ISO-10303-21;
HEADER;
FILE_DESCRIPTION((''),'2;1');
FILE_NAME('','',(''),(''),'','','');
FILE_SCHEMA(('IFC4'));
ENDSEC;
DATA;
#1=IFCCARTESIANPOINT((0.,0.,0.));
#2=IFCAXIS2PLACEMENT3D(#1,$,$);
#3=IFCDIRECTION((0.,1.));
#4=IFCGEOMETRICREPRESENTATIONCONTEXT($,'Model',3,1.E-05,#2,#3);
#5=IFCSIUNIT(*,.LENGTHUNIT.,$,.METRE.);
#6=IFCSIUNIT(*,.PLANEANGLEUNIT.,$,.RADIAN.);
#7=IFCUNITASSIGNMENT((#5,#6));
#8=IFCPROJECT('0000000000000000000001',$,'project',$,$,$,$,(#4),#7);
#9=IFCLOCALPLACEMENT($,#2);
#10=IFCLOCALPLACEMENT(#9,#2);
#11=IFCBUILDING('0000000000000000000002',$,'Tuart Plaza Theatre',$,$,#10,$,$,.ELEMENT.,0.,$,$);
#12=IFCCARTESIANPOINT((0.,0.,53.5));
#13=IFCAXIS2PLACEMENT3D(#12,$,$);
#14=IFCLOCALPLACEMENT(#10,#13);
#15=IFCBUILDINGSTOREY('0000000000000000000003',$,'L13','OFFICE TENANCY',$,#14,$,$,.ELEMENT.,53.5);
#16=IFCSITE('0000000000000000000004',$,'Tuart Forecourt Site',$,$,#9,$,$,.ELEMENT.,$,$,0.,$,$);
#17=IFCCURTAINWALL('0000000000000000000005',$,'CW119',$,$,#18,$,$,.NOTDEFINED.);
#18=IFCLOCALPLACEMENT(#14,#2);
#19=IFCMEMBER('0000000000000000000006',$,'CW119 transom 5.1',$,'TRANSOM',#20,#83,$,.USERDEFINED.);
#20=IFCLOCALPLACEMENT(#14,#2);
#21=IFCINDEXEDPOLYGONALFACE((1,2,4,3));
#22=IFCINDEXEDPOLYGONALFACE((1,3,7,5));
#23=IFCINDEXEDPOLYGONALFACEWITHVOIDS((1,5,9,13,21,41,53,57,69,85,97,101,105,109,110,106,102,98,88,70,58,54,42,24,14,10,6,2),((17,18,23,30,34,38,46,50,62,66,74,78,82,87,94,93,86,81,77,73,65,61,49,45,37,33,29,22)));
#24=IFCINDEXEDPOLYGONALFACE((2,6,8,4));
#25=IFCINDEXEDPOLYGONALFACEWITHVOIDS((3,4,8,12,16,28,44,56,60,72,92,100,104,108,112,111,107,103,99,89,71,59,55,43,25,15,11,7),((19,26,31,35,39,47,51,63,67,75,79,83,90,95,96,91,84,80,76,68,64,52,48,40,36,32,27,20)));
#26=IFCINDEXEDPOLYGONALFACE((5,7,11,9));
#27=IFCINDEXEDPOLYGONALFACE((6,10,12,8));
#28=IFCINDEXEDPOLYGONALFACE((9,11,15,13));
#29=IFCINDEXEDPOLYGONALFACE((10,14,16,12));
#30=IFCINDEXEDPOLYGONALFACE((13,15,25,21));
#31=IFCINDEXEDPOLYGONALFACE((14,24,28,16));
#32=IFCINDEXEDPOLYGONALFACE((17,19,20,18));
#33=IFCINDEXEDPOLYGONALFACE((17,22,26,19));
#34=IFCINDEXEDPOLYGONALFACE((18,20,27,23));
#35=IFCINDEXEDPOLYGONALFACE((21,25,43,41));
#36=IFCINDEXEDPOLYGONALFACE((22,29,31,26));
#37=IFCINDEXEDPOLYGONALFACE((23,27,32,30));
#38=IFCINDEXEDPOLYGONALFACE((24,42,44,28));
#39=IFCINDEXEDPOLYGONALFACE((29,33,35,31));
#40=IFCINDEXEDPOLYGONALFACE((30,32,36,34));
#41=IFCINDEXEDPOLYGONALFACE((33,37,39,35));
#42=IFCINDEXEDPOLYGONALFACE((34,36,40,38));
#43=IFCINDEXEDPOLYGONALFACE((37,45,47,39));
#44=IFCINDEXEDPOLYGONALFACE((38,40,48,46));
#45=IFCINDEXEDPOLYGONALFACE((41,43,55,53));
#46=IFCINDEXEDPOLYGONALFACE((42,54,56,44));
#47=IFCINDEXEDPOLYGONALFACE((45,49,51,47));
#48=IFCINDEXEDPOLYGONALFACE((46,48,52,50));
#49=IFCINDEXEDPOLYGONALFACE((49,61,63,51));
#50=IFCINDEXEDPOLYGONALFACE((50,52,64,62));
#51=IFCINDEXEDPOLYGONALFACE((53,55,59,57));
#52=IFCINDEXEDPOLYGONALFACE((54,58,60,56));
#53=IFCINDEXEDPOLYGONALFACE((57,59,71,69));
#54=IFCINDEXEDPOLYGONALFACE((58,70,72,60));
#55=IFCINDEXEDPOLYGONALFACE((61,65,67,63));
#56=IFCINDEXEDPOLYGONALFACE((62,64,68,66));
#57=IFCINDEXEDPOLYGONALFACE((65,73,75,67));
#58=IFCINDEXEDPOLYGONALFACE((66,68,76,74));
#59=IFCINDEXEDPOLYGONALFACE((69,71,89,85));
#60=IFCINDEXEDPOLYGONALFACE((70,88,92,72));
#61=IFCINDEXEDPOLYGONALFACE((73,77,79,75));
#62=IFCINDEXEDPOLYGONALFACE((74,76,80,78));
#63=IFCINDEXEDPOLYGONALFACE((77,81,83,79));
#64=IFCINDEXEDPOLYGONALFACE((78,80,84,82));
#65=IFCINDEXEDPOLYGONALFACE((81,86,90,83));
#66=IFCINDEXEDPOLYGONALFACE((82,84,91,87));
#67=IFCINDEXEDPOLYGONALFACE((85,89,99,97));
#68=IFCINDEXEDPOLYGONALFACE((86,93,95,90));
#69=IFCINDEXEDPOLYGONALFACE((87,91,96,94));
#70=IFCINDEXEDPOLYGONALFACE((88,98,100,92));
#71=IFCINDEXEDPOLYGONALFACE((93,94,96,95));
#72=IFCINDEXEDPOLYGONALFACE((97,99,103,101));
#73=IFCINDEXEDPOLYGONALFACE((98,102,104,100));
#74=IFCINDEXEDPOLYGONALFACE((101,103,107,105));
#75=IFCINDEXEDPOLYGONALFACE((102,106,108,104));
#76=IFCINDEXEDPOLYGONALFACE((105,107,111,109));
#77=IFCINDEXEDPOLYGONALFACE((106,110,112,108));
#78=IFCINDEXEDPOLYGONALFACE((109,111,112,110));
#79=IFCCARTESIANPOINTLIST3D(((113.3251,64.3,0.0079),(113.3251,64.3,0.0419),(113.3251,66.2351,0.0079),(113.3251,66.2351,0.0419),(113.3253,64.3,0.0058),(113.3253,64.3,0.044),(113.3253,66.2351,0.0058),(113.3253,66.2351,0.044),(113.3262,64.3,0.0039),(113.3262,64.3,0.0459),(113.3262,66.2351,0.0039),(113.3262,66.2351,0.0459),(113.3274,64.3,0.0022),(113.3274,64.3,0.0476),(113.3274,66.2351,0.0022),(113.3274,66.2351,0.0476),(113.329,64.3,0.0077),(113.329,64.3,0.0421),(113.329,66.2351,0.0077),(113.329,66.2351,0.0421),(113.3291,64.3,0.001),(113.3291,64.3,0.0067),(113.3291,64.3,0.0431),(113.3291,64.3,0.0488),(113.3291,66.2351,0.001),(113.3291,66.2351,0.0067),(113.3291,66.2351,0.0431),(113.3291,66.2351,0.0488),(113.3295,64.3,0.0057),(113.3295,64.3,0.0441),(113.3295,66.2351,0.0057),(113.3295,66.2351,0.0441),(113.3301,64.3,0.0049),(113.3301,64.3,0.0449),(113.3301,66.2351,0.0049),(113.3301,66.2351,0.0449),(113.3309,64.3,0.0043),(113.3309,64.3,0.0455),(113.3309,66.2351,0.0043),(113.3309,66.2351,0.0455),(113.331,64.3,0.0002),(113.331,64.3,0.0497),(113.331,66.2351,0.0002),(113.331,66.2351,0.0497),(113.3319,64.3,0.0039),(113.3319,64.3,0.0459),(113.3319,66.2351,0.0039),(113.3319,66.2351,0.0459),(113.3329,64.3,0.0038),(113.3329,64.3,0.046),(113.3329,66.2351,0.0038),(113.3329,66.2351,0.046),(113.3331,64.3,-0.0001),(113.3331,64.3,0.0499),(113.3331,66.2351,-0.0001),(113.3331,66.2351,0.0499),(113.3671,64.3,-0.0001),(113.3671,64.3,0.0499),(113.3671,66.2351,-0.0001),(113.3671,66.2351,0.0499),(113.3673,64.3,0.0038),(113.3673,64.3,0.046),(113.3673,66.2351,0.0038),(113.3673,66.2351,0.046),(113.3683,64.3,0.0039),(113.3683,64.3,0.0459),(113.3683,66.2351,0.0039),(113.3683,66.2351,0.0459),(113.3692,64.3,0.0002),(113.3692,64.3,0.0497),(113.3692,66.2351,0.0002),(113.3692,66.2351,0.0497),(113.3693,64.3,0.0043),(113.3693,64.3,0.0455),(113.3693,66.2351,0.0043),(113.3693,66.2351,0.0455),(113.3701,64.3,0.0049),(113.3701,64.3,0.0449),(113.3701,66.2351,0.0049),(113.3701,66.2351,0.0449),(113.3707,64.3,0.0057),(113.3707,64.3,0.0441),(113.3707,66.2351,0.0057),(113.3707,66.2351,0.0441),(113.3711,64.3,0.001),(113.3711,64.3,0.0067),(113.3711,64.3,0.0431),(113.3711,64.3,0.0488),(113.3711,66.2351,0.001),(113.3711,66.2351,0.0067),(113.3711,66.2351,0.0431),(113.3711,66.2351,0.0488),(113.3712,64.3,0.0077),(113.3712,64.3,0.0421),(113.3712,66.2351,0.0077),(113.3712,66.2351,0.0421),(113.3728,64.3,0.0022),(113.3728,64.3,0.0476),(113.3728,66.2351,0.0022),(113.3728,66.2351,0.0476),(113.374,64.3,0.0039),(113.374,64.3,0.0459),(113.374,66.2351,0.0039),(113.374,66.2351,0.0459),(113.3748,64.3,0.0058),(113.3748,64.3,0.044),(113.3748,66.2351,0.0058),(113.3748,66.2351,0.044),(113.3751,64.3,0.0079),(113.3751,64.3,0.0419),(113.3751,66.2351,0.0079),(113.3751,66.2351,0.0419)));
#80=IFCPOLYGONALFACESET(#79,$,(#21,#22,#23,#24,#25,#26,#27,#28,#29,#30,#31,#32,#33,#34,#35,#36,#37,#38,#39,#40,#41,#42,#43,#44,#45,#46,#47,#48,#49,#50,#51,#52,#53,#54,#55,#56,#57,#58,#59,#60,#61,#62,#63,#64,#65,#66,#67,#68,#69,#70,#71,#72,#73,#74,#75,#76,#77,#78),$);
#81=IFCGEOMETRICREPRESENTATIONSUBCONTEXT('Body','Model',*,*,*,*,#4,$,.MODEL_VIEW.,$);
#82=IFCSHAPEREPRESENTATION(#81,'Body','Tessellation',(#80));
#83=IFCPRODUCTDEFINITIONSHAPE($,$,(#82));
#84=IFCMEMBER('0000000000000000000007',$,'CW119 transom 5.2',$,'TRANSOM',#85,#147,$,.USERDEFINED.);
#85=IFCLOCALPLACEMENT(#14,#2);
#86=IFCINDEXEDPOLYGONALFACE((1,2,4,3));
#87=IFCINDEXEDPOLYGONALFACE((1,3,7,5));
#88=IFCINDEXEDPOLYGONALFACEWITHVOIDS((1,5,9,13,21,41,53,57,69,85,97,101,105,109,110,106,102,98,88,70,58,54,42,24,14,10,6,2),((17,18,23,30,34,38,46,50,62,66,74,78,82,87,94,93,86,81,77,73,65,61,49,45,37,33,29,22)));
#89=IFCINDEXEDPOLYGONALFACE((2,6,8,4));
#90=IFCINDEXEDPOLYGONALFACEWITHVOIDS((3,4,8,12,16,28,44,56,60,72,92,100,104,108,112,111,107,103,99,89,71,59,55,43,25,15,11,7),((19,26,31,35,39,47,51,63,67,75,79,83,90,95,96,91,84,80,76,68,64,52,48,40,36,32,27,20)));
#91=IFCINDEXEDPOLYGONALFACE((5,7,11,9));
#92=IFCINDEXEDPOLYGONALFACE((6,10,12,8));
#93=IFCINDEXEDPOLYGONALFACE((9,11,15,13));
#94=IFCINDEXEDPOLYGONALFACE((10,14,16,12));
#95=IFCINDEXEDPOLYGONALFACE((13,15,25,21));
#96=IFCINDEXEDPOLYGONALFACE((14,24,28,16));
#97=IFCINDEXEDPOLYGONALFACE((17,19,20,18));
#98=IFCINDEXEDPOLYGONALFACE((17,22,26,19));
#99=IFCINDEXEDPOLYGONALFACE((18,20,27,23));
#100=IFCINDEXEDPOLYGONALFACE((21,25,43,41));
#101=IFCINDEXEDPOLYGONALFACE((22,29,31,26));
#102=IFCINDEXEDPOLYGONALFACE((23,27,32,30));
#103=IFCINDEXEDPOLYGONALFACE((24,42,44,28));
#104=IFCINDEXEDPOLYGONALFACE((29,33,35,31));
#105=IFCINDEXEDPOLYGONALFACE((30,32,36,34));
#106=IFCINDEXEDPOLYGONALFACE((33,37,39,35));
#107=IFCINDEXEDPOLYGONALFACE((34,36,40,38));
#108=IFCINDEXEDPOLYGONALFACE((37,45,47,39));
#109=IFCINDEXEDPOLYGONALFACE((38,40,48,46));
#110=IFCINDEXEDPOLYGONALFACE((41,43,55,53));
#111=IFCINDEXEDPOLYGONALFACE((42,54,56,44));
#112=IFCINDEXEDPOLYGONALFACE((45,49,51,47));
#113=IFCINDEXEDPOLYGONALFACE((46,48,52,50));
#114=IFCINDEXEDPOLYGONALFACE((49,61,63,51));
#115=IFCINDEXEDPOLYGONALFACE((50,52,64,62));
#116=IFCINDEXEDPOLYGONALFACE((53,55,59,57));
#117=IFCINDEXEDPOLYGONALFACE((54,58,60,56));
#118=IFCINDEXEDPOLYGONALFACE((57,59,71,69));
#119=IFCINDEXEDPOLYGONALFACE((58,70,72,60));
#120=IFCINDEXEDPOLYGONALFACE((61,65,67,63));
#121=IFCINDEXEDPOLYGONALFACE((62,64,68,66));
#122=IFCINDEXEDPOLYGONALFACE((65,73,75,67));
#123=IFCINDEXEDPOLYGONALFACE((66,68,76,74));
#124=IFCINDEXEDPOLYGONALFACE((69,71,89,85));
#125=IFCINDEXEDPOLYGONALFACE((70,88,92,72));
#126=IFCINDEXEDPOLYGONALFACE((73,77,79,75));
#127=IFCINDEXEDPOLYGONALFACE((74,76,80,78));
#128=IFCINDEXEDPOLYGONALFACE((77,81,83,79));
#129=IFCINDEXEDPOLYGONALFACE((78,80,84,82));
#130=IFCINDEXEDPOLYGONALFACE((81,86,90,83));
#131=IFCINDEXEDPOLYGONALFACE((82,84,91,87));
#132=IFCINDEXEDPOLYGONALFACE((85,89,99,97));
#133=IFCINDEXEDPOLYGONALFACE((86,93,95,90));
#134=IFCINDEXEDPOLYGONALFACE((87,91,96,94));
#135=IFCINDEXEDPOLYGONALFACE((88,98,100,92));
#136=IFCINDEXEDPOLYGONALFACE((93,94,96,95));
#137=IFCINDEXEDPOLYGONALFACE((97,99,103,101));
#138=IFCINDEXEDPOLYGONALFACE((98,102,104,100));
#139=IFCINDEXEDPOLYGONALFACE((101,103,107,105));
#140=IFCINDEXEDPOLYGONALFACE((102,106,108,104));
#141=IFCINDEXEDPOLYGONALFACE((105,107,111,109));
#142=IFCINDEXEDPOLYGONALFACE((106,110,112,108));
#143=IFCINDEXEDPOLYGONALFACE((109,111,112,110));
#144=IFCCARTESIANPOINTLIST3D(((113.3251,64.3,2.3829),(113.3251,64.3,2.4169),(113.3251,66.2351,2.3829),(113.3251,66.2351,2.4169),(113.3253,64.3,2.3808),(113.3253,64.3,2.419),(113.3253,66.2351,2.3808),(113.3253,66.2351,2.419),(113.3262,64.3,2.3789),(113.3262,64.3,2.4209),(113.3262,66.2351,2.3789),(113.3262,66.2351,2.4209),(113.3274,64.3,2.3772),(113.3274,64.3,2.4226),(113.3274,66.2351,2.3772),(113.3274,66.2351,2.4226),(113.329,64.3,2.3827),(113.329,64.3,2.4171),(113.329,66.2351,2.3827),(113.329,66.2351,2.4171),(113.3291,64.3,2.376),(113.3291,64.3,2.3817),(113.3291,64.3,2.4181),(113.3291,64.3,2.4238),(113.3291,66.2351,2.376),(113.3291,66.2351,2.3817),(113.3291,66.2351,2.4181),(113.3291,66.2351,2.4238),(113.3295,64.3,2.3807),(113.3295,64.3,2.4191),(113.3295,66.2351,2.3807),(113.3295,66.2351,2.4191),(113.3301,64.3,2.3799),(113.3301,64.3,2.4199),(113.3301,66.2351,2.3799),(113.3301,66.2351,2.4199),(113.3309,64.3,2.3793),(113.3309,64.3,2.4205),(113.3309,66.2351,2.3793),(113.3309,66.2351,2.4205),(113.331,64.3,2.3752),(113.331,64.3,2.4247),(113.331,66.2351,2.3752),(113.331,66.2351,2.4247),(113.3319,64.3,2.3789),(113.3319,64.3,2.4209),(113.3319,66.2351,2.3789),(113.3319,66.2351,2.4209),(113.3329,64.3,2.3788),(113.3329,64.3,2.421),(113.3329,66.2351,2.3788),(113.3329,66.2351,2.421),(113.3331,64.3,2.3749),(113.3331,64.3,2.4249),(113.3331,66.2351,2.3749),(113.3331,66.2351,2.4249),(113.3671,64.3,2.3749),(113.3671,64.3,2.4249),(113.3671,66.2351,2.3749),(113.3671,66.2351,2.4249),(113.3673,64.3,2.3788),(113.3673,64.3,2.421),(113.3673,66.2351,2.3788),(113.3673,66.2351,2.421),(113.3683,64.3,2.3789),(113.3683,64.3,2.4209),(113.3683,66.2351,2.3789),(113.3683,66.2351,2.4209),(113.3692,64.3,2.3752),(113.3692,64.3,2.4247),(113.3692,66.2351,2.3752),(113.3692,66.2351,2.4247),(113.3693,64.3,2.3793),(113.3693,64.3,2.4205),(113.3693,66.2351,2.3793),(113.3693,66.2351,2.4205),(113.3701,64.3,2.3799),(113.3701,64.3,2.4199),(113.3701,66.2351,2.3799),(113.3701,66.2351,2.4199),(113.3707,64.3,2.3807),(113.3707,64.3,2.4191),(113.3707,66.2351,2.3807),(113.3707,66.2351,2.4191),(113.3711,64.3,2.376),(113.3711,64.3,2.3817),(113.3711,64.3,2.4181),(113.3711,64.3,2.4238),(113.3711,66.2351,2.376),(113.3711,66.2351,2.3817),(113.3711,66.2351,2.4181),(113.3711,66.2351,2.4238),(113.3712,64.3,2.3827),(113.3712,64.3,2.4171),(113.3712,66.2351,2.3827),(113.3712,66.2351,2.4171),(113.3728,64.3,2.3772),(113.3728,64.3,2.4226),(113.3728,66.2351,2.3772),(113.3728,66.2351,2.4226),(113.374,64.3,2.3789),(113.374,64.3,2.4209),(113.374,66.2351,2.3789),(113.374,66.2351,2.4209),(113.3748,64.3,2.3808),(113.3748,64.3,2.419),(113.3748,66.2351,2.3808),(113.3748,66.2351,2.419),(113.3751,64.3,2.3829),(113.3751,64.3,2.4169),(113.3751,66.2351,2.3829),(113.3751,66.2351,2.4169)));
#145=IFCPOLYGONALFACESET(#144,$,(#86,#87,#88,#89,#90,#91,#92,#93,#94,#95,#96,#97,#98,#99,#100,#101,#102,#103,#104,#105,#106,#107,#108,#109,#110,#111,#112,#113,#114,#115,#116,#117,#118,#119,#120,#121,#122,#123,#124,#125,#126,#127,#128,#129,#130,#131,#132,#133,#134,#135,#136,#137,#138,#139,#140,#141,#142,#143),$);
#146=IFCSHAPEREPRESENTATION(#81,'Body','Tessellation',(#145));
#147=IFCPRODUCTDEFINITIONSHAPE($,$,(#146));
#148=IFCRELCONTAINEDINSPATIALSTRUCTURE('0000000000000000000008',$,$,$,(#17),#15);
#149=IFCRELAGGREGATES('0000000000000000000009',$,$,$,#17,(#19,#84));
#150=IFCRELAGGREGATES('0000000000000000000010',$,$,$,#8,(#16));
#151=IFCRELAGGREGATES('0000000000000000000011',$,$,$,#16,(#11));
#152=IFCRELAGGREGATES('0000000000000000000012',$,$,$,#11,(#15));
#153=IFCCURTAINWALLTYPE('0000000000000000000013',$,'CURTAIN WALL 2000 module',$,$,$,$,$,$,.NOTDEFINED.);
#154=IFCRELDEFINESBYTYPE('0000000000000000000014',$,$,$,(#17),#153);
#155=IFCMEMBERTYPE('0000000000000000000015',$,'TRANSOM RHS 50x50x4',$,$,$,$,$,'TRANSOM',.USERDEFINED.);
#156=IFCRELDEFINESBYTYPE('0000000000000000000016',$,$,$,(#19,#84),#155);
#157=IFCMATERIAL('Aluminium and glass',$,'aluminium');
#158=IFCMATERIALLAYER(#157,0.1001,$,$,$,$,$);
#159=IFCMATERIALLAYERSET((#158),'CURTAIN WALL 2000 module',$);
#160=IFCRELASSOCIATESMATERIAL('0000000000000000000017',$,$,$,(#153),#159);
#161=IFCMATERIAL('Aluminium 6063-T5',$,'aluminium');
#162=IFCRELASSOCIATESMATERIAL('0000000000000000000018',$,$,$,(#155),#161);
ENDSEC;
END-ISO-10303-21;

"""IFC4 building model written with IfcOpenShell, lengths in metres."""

from ifc_helpers import new_model, si_unit, direction, frame, origin, origin_2d, place, context, subcontext, project, spatial, hollow_rectangle, extrude, material, layer, layer_set, material_profile, profile_set, type_object, element, aggregate, save


model = new_model("IFC4")

# Units and contexts
model_context = context("Model", 3, precision=1e-05, world=origin(), true_north=direction((0.0, 1.0)))
body_context = subcontext(model_context, "Body", "Model", "MODEL_VIEW")
ifc_project = project(units=[si_unit("LENGTHUNIT", "METRE"), si_unit("PLANEANGLEUNIT", "RADIAN")], contexts=[model_context])

# Site, building, storey
site_placement = place(None, origin())
site = spatial("IfcSite", under=ifc_project, at=site_placement, Name="Tuart Forecourt Site", CompositionType="ELEMENT", RefElevation=0.0)
building_placement = place(site_placement, origin())
building = spatial("IfcBuilding", under=site, at=building_placement, Name="Tuart Plaza Theatre", CompositionType="ELEMENT", ElevationOfRefHeight=0.0)
storey_placement = place(building_placement, frame((0.0, 0.0, 53.5)))
storey = spatial("IfcBuildingStorey", under=building, at=storey_placement, Name="L13", Description="OFFICE TENANCY", CompositionType="ELEMENT", Elevation=53.5)

# Curtain wall, members
ifc_material_1 = material(Name="Aluminium and glass", Category="aluminium")
ifc_layer_1 = layer(ifc_material_1, 0.1001)
ifc_layer_set_1 = layer_set([ifc_layer_1], Name="CURTAIN WALL 2000 module")
curtain_wall_type = type_object("IfcCurtainWallType", Name="CURTAIN WALL 2000 module", PredefinedType="NOTDEFINED", material=ifc_layer_set_1)
curtain_wall_1_placement = place(storey_placement, origin())
curtain_wall_1 = element("IfcCurtainWall", 1, at=curtain_wall_1_placement, inside=storey, type_object=curtain_wall_type, Name="CW119", PredefinedType="NOTDEFINED")
ifc_material_2 = material(Name="Aluminium 6063-T5", Category="aluminium")
ifc_material_profile_1 = material_profile(ifc_material_2, hollow_rectangle(XDim=0.05, YDim=0.05, WallThickness=0.0039, InnerFilletRadius=0.0039, OuterFilletRadius=0.0081, at=origin_2d()), Name="RHS 50x50x4")
ifc_profile_set_1 = profile_set([ifc_material_profile_1], Name="Aluminium 6063-T5")
member_type_1 = type_object("IfcMemberType", Name="TRANSOM RHS 50x50x4", ElementType="TRANSOM", PredefinedType="USERDEFINED", material=ifc_profile_set_1)
member_1_placement = place(storey_placement, frame((113.3501, 66.2351, 0.0249), z_axis=(0.0, -1.0, 0.0), x_axis=(1.0, 0.0, 0.0)))
member_1 = element("IfcMember", 2, at=member_1_placement, type_object=member_type_1, Name="CW119 transom 5.1", ObjectType="TRANSOM", PredefinedType="USERDEFINED", context=body_context, shape_type="SweptSolid", body=[
    extrude(hollow_rectangle(XDim=0.05, YDim=0.05, WallThickness=0.0039, InnerFilletRadius=0.0039, OuterFilletRadius=0.0081, at=origin_2d()), origin(), (0.0, 0.0, 1.0), 1.9351),
])
member_2_placement = place(storey_placement, frame((113.3501, 66.2351, 2.3999), z_axis=(0.0, -1.0, 0.0), x_axis=(1.0, 0.0, 0.0)))
member_2 = element("IfcMember", 3, at=member_2_placement, type_object=member_type_1, Name="CW119 transom 5.2", ObjectType="TRANSOM", PredefinedType="USERDEFINED", context=body_context, shape_type="SweptSolid", body=[
    extrude(hollow_rectangle(XDim=0.05, YDim=0.05, WallThickness=0.0039, InnerFilletRadius=0.0039, OuterFilletRadius=0.0081, at=origin_2d()), origin(), (0.0, 0.0, 1.0), 1.9351),
])

aggregate(curtain_wall_1, [member_1, member_2])

save(model, "model.ifc")
